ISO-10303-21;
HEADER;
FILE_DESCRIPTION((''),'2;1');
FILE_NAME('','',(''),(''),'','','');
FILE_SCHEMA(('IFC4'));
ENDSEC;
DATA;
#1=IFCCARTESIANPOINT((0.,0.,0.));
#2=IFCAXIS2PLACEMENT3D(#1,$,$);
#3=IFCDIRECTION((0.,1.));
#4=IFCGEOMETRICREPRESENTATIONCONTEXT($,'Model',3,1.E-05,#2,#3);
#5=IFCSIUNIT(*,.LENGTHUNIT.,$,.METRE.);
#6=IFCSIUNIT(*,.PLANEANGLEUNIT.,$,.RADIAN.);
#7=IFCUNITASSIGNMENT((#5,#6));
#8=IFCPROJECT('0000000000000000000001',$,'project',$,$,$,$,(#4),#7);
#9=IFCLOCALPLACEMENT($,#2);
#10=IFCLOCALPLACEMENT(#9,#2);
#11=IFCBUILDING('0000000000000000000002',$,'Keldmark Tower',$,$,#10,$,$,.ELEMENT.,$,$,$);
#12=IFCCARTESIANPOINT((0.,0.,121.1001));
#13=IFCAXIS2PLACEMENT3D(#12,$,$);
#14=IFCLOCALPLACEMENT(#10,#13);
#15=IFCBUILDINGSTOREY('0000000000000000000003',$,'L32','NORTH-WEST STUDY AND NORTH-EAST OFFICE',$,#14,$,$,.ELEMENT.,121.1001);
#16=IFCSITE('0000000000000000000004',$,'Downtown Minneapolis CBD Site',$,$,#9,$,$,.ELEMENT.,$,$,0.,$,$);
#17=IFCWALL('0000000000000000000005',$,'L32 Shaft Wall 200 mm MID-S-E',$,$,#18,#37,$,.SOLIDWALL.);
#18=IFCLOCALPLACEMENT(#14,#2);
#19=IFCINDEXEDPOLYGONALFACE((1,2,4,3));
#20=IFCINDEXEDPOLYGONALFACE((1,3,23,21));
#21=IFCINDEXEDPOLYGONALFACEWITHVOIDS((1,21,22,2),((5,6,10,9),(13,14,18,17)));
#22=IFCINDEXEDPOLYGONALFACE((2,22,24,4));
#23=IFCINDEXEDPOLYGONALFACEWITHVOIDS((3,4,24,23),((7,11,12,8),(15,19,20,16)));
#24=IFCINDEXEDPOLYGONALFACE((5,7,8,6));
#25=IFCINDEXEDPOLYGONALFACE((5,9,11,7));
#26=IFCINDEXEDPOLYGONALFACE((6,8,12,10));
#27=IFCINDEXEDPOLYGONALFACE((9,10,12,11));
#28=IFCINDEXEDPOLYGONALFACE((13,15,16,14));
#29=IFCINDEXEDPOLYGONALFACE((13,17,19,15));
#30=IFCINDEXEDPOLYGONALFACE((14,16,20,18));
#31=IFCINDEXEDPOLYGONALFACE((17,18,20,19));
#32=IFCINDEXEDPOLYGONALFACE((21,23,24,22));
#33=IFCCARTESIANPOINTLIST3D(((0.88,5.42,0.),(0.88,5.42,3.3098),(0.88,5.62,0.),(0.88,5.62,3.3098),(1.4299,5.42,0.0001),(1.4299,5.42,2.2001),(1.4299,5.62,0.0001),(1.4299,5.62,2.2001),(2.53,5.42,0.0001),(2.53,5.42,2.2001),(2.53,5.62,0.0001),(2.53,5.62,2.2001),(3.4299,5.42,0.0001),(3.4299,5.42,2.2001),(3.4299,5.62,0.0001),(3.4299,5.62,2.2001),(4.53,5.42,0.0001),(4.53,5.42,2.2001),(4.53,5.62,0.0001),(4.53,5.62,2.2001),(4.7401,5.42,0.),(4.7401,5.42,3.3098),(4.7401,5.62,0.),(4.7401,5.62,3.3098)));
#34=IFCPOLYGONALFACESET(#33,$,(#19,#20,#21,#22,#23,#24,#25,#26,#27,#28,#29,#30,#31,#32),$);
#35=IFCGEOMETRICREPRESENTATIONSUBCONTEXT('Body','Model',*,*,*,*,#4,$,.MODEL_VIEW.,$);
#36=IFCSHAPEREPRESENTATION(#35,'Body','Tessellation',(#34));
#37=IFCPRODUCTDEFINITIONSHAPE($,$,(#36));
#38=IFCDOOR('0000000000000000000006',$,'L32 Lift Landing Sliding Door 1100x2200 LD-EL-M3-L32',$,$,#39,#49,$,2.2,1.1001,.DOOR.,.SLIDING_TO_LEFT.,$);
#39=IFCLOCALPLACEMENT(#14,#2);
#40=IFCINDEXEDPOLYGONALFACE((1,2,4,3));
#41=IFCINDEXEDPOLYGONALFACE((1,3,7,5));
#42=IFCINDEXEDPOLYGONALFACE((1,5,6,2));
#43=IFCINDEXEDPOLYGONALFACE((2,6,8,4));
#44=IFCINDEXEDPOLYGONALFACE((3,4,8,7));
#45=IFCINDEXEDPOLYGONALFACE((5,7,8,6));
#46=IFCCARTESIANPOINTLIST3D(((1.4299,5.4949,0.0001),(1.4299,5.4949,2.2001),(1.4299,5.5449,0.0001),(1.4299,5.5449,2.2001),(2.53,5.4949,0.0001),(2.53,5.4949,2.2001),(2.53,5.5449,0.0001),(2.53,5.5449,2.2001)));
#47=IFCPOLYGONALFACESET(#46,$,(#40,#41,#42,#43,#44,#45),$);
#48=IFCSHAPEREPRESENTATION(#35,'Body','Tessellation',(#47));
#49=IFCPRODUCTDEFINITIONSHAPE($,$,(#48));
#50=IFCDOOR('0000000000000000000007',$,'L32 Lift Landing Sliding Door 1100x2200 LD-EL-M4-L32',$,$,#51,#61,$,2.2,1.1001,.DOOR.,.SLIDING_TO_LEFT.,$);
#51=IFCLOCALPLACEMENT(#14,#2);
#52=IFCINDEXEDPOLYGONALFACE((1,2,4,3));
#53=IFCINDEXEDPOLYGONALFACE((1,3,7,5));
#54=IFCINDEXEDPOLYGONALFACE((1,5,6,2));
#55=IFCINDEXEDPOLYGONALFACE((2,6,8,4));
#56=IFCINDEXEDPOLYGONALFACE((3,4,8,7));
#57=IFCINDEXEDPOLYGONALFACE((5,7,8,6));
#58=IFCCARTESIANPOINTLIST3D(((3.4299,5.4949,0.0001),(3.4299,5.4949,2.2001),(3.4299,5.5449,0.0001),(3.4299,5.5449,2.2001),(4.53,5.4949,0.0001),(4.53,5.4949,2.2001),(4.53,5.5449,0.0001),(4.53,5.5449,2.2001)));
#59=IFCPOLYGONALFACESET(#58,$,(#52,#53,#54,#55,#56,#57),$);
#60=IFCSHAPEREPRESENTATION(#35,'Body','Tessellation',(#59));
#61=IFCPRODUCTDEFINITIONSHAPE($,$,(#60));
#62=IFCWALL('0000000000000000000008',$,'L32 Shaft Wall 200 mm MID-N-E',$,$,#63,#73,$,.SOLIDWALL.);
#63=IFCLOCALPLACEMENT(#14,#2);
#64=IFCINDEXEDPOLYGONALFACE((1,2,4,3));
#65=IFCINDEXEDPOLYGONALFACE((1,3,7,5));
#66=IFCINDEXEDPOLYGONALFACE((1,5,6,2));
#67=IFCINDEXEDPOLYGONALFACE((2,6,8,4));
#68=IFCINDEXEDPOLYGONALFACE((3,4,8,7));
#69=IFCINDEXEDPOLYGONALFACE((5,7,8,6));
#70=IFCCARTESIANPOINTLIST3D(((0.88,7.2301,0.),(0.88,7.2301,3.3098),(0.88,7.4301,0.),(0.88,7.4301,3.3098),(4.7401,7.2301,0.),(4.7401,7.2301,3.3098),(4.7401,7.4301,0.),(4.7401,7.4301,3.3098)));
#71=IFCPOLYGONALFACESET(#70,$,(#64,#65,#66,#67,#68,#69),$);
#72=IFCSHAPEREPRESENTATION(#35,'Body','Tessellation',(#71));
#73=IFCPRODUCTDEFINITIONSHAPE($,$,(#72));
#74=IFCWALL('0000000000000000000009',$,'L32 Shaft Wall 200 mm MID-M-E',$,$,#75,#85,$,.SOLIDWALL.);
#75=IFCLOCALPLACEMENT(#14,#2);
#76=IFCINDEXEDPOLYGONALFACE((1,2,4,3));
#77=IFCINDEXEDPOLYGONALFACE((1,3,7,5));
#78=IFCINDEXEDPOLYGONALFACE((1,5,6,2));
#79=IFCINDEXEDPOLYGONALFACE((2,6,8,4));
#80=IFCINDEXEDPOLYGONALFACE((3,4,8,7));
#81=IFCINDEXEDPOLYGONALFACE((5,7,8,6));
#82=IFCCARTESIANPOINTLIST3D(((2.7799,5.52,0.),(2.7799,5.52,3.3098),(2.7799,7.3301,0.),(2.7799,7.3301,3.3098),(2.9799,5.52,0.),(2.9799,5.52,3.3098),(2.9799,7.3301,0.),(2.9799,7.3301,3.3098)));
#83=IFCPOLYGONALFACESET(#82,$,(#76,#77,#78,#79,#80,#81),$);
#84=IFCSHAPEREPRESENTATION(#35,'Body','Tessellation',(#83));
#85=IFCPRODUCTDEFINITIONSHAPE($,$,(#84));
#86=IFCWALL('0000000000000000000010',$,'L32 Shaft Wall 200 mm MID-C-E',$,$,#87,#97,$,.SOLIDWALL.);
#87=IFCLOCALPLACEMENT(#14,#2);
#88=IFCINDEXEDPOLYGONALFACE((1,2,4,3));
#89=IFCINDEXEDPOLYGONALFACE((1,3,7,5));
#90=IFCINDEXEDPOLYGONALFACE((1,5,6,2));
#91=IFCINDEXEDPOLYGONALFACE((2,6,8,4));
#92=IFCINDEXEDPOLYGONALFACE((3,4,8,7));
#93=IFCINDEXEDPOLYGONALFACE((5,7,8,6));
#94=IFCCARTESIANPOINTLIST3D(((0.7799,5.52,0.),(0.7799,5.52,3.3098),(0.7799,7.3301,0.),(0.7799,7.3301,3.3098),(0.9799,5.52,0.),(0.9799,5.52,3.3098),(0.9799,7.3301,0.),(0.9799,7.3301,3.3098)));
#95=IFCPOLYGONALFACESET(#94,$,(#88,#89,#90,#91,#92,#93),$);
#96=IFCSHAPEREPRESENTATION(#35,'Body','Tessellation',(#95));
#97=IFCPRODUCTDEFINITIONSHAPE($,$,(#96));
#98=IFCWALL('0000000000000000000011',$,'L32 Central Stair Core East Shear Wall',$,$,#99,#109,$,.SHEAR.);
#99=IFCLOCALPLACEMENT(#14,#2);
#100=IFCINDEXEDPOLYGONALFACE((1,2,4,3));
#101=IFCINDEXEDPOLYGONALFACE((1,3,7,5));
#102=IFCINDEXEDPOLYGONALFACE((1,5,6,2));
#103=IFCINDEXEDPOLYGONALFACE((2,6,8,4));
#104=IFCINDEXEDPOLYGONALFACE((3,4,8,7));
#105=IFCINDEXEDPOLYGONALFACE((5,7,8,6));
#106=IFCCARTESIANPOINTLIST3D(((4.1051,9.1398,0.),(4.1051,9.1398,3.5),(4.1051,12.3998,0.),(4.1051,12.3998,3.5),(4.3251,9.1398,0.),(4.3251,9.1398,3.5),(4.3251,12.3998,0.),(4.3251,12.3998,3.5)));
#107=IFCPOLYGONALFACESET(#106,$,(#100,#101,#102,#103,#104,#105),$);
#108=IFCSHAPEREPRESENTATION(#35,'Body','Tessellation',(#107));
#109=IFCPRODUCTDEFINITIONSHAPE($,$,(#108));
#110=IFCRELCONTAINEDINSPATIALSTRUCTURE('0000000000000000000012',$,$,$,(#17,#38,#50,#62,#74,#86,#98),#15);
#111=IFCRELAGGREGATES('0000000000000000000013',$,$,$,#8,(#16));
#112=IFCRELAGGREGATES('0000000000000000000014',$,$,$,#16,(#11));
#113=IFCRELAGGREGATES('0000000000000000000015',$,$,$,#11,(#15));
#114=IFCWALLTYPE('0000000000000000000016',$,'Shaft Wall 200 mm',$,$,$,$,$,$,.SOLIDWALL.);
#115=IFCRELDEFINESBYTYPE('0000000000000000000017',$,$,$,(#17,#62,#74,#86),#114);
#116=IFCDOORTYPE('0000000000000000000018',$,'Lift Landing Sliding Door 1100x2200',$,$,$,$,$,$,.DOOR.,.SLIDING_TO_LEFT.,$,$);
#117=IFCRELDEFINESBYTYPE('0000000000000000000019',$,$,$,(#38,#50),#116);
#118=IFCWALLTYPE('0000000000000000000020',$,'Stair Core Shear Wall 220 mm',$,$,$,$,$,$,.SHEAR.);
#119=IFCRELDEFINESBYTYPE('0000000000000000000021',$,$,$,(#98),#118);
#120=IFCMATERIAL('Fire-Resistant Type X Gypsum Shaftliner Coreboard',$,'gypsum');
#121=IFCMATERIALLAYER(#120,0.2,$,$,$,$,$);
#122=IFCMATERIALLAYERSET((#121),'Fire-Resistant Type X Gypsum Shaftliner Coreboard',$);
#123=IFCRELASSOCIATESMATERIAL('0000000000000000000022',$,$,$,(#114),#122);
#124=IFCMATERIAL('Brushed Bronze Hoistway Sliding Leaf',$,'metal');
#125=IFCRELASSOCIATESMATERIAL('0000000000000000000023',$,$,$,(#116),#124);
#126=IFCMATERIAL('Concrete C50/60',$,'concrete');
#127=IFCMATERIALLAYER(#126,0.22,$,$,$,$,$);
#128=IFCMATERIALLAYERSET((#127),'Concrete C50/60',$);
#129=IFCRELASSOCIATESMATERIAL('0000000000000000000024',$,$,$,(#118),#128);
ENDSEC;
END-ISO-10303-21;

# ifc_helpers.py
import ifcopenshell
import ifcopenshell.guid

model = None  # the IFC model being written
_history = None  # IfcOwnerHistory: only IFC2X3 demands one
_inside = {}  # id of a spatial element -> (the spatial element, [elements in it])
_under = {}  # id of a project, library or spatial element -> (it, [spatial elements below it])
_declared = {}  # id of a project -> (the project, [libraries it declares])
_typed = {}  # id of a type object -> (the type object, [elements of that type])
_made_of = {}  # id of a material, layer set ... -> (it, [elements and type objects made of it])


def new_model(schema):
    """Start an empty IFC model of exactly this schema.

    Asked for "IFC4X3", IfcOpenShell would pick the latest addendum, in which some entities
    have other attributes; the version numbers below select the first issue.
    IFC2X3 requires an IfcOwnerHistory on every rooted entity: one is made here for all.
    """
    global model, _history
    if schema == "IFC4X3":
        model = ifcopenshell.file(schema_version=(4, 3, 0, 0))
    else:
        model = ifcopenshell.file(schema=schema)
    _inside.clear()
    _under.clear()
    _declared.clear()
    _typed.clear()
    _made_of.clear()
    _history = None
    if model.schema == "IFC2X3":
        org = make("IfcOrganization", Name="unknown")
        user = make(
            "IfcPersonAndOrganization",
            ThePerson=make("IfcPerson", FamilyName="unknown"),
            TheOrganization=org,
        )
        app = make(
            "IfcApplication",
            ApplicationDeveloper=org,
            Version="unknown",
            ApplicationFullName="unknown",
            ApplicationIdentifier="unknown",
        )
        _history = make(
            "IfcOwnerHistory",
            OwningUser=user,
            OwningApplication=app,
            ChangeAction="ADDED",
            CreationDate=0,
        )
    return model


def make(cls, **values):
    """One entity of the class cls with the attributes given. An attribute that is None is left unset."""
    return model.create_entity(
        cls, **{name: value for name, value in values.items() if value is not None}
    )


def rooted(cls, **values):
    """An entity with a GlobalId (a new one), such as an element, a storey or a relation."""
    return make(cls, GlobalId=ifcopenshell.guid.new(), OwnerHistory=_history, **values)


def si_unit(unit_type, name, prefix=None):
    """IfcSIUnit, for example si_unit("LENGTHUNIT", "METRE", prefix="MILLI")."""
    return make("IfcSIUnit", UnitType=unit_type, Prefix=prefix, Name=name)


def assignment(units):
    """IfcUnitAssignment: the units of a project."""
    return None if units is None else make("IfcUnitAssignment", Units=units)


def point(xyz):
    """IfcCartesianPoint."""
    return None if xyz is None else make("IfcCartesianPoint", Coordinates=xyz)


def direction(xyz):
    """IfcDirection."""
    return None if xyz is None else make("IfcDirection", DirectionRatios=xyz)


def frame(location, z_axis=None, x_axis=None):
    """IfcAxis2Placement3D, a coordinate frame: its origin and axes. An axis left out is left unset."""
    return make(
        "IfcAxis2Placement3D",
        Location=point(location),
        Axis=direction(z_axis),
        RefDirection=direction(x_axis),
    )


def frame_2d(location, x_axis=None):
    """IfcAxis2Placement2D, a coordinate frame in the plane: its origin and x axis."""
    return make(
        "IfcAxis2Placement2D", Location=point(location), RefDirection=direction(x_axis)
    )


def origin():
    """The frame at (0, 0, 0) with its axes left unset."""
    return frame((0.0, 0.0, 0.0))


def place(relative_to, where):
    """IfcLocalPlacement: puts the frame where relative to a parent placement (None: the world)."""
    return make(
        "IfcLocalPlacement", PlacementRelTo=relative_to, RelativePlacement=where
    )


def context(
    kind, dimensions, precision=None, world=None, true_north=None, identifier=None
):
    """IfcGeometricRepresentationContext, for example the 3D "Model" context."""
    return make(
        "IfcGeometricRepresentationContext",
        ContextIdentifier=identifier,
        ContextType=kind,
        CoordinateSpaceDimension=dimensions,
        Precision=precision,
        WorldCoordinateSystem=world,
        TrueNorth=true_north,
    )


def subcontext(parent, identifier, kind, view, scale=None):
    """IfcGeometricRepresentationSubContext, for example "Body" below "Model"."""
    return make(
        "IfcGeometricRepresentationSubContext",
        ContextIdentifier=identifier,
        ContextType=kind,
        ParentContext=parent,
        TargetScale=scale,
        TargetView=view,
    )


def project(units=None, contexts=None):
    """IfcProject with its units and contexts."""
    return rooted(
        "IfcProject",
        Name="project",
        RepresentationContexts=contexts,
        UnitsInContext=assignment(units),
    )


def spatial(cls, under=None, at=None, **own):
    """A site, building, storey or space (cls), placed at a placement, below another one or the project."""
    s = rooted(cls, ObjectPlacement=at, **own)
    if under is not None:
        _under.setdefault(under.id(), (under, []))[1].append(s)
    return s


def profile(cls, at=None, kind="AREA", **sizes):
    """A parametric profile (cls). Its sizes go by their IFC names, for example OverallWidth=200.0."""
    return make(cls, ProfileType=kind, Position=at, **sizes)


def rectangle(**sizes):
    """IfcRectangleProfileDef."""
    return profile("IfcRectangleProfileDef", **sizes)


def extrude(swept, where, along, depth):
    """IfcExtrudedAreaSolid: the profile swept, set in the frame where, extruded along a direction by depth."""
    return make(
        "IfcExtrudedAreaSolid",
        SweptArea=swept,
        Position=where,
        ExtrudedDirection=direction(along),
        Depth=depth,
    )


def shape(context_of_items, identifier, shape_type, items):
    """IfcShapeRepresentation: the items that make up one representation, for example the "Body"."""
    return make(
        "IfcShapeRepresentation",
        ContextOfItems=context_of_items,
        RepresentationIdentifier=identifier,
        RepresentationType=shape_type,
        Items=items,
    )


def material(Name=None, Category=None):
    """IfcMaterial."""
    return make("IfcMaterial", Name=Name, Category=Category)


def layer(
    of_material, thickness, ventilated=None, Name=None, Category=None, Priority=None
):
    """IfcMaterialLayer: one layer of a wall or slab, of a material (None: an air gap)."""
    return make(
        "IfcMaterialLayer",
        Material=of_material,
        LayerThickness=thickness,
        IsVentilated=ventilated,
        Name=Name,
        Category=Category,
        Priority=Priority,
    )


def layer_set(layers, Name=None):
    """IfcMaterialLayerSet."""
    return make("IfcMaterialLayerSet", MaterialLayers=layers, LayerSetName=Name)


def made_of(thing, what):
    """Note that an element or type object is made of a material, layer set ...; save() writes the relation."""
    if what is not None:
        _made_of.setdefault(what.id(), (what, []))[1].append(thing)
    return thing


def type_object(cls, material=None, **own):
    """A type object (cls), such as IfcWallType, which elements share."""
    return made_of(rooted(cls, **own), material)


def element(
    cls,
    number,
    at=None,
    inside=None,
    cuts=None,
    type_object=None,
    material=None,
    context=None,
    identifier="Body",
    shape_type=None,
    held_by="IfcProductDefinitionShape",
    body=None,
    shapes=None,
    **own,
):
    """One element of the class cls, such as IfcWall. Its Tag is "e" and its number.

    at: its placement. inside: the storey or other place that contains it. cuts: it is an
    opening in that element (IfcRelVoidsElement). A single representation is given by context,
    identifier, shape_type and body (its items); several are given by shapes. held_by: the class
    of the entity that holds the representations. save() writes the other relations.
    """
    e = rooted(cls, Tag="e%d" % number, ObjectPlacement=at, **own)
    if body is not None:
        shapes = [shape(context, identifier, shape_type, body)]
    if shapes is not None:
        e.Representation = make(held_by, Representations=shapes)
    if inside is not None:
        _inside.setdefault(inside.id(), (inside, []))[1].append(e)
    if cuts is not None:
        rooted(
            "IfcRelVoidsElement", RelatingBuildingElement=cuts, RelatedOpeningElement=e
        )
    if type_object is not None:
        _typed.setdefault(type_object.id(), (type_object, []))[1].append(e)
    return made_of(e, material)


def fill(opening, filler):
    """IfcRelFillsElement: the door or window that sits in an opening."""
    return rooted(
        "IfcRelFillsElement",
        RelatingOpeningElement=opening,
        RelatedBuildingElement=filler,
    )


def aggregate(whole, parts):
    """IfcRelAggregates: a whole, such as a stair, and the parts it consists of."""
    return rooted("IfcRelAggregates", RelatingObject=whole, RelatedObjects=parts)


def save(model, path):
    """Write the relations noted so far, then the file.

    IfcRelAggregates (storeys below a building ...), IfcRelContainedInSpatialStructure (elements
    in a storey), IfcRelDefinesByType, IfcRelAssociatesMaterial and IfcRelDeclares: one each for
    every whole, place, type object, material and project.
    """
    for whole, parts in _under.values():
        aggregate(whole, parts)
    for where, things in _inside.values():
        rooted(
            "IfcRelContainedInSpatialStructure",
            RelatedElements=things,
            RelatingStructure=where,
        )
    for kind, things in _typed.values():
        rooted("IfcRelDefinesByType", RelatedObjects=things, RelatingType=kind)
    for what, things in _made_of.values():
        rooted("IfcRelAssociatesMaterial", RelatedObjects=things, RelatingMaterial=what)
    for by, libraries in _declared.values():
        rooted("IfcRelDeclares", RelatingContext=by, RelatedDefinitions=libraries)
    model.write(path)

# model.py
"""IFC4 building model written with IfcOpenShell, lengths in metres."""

from ifc_helpers import new_model, si_unit, direction, frame, frame_2d, origin, place, context, subcontext, project, spatial, rectangle, extrude, material, layer, layer_set, type_object, element, fill, save


model = new_model("IFC4")

# Units and contexts
model_context = context("Model", 3, precision=1e-05, world=origin(), true_north=direction((0.0, 1.0)))
body_context = subcontext(model_context, "Body", "Model", "MODEL_VIEW")
ifc_project = project(units=[si_unit("LENGTHUNIT", "METRE"), si_unit("PLANEANGLEUNIT", "RADIAN")], contexts=[model_context])

# Site, building, storey
site_placement = place(None, origin())
site = spatial("IfcSite", under=ifc_project, at=site_placement, Name="Downtown Minneapolis CBD Site", CompositionType="ELEMENT", RefElevation=0.0)
building_placement = place(site_placement, origin())
building = spatial("IfcBuilding", under=site, at=building_placement, Name="Keldmark Tower", CompositionType="ELEMENT")
storey_placement = place(building_placement, frame((0.0, 0.0, 121.1001)))
storey = spatial("IfcBuildingStorey", under=building, at=storey_placement, Name="L32", Description="NORTH-WEST STUDY AND NORTH-EAST OFFICE", CompositionType="ELEMENT", Elevation=121.1001)

# Wall, openings, doors
ifc_material_1 = material(Name="Fire-Resistant Type X Gypsum Shaftliner Coreboard", Category="gypsum")
ifc_layer_1 = layer(ifc_material_1, 0.2)
ifc_layer_set_1 = layer_set([ifc_layer_1], Name="Fire-Resistant Type X Gypsum Shaftliner Coreboard")
wall_type_1 = type_object("IfcWallType", Name="Shaft Wall 200 mm", PredefinedType="SOLIDWALL", material=ifc_layer_set_1)
wall_1_placement = place(storey_placement, frame((0.8799, 5.52, 0.0), z_axis=(0.0, 0.0, 1.0), x_axis=(1.0, 0.0, 0.0)))
wall_1 = element("IfcWall", 1, at=wall_1_placement, inside=storey, type_object=wall_type_1, Name="L32 Shaft Wall 200 mm MID-S-E", PredefinedType="SOLIDWALL", context=body_context, shape_type="SweptSolid", body=[
    extrude(rectangle(XDim=3.8601, YDim=0.2, at=frame_2d((1.9302, 0.0))), origin(), (0.0, 0.0, 1.0), 3.3098),
])
opening_1_placement = place(wall_1_placement, frame((0.55, 0.0, 0.0)))
opening_1 = element("IfcOpeningElement", 2, at=opening_1_placement, cuts=wall_1, PredefinedType="OPENING", context=body_context, shape_type="SweptSolid", body=[
    extrude(rectangle(XDim=1.1001, YDim=2.2, at=frame_2d((0.55, 1.1001))), frame((0.0, 0.1099, 0.0), z_axis=(0.0, -1.0, 0.0), x_axis=(1.0, 0.0, 0.0)), (0.0, 0.0, 1.0), 0.22),
])
opening_2_placement = place(wall_1_placement, frame((2.55, 0.0, 0.0)))
opening_2 = element("IfcOpeningElement", 3, at=opening_2_placement, cuts=wall_1, PredefinedType="OPENING", context=body_context, shape_type="SweptSolid", body=[
    extrude(rectangle(XDim=1.1001, YDim=2.2, at=frame_2d((0.55, 1.1001))), frame((0.0, 0.1099, 0.0), z_axis=(0.0, -1.0, 0.0), x_axis=(1.0, 0.0, 0.0)), (0.0, 0.0, 1.0), 0.22),
])
ifc_material_2 = material(Name="Brushed Bronze Hoistway Sliding Leaf", Category="metal")
door_type_1 = type_object("IfcDoorType", Name="Lift Landing Sliding Door 1100x2200", OperationType="SLIDING_TO_LEFT", PredefinedType="DOOR", material=ifc_material_2)
door_1_placement = place(opening_1_placement, origin())
door_1 = element("IfcDoor", 4, at=door_1_placement, inside=storey, type_object=door_type_1, Name="L32 Lift Landing Sliding Door 1100x2200 LD-EL-M3-L32", OperationType="SLIDING_TO_LEFT", OverallHeight=2.2, OverallWidth=1.1001, PredefinedType="DOOR", context=body_context, shape_type="SweptSolid", body=[
    extrude(rectangle(XDim=1.1001, YDim=2.2, at=frame_2d((0.55, 1.1001))), frame((0.0, 0.0249, 0.0), z_axis=(0.0, -1.0, 0.0), x_axis=(1.0, 0.0, 0.0)), (0.0, 0.0, 1.0), 0.05),
])
fill(opening_1, door_1)
door_2_placement = place(opening_2_placement, origin())
door_2 = element("IfcDoor", 5, at=door_2_placement, inside=storey, type_object=door_type_1, Name="L32 Lift Landing Sliding Door 1100x2200 LD-EL-M4-L32", OperationType="SLIDING_TO_LEFT", OverallHeight=2.2, OverallWidth=1.1001, PredefinedType="DOOR", context=body_context, shape_type="SweptSolid", body=[
    extrude(rectangle(XDim=1.1001, YDim=2.2, at=frame_2d((0.55, 1.1001))), frame((0.0, 0.0249, 0.0), z_axis=(0.0, -1.0, 0.0), x_axis=(1.0, 0.0, 0.0)), (0.0, 0.0, 1.0), 0.05),
])
fill(opening_2, door_2)

# Walls
wall_2_placement = place(storey_placement, frame((0.8799, 7.3301, 0.0), z_axis=(0.0, 0.0, 1.0), x_axis=(1.0, 0.0, 0.0)))
element("IfcWall", 6, at=wall_2_placement, inside=storey, type_object=wall_type_1, Name="L32 Shaft Wall 200 mm MID-N-E", PredefinedType="SOLIDWALL", context=body_context, shape_type="SweptSolid", body=[
    extrude(rectangle(XDim=3.8601, YDim=0.2, at=frame_2d((1.9302, 0.0))), origin(), (0.0, 0.0, 1.0), 3.3098),
])
for number, where, z_axis, x_axis, name in (
    (7, (2.8799, 5.52, 0.0), (0.0, 0.0, 1.0), (0.0, 1.0, 0.0), "L32 Shaft Wall 200 mm MID-M-E"),
    (8, (0.8799, 5.52, 0.0), (0.0, 0.0, 1.0), (0.0, 1.0, 0.0), "L32 Shaft Wall 200 mm MID-C-E"),
):
    element("IfcWall", number, at=place(storey_placement, frame(where, z_axis=z_axis, x_axis=x_axis)), inside=storey, type_object=wall_type_1, Name=name, PredefinedType="SOLIDWALL", context=body_context, shape_type="SweptSolid", body=[
        extrude(rectangle(XDim=1.8101, YDim=0.2, at=frame_2d((0.905, 0.0))), origin(), (0.0, 0.0, 1.0), 3.3098),
    ])
ifc_material_3 = material(Name="Concrete C50/60", Category="concrete")
ifc_layer_2 = layer(ifc_material_3, 0.22)
ifc_layer_set_2 = layer_set([ifc_layer_2], Name="Concrete C50/60")
wall_type_2 = type_object("IfcWallType", Name="Stair Core Shear Wall 220 mm", PredefinedType="SHEAR", material=ifc_layer_set_2)
wall_3_placement = place(storey_placement, frame((4.2151, 9.1399, 0.0), z_axis=(0.0, 0.0, 1.0), x_axis=(0.0, 1.0, 0.0)))
element("IfcWall", 9, at=wall_3_placement, inside=storey, type_object=wall_type_2, Name="L32 Central Stair Core East Shear Wall", PredefinedType="SHEAR", context=body_context, shape_type="SweptSolid", body=[
    extrude(rectangle(XDim=3.26, YDim=0.22, at=frame_2d((1.6299, 0.0))), origin(), (0.0, 0.0, 1.0), 3.5),
])

save(model, "model.ifc")
